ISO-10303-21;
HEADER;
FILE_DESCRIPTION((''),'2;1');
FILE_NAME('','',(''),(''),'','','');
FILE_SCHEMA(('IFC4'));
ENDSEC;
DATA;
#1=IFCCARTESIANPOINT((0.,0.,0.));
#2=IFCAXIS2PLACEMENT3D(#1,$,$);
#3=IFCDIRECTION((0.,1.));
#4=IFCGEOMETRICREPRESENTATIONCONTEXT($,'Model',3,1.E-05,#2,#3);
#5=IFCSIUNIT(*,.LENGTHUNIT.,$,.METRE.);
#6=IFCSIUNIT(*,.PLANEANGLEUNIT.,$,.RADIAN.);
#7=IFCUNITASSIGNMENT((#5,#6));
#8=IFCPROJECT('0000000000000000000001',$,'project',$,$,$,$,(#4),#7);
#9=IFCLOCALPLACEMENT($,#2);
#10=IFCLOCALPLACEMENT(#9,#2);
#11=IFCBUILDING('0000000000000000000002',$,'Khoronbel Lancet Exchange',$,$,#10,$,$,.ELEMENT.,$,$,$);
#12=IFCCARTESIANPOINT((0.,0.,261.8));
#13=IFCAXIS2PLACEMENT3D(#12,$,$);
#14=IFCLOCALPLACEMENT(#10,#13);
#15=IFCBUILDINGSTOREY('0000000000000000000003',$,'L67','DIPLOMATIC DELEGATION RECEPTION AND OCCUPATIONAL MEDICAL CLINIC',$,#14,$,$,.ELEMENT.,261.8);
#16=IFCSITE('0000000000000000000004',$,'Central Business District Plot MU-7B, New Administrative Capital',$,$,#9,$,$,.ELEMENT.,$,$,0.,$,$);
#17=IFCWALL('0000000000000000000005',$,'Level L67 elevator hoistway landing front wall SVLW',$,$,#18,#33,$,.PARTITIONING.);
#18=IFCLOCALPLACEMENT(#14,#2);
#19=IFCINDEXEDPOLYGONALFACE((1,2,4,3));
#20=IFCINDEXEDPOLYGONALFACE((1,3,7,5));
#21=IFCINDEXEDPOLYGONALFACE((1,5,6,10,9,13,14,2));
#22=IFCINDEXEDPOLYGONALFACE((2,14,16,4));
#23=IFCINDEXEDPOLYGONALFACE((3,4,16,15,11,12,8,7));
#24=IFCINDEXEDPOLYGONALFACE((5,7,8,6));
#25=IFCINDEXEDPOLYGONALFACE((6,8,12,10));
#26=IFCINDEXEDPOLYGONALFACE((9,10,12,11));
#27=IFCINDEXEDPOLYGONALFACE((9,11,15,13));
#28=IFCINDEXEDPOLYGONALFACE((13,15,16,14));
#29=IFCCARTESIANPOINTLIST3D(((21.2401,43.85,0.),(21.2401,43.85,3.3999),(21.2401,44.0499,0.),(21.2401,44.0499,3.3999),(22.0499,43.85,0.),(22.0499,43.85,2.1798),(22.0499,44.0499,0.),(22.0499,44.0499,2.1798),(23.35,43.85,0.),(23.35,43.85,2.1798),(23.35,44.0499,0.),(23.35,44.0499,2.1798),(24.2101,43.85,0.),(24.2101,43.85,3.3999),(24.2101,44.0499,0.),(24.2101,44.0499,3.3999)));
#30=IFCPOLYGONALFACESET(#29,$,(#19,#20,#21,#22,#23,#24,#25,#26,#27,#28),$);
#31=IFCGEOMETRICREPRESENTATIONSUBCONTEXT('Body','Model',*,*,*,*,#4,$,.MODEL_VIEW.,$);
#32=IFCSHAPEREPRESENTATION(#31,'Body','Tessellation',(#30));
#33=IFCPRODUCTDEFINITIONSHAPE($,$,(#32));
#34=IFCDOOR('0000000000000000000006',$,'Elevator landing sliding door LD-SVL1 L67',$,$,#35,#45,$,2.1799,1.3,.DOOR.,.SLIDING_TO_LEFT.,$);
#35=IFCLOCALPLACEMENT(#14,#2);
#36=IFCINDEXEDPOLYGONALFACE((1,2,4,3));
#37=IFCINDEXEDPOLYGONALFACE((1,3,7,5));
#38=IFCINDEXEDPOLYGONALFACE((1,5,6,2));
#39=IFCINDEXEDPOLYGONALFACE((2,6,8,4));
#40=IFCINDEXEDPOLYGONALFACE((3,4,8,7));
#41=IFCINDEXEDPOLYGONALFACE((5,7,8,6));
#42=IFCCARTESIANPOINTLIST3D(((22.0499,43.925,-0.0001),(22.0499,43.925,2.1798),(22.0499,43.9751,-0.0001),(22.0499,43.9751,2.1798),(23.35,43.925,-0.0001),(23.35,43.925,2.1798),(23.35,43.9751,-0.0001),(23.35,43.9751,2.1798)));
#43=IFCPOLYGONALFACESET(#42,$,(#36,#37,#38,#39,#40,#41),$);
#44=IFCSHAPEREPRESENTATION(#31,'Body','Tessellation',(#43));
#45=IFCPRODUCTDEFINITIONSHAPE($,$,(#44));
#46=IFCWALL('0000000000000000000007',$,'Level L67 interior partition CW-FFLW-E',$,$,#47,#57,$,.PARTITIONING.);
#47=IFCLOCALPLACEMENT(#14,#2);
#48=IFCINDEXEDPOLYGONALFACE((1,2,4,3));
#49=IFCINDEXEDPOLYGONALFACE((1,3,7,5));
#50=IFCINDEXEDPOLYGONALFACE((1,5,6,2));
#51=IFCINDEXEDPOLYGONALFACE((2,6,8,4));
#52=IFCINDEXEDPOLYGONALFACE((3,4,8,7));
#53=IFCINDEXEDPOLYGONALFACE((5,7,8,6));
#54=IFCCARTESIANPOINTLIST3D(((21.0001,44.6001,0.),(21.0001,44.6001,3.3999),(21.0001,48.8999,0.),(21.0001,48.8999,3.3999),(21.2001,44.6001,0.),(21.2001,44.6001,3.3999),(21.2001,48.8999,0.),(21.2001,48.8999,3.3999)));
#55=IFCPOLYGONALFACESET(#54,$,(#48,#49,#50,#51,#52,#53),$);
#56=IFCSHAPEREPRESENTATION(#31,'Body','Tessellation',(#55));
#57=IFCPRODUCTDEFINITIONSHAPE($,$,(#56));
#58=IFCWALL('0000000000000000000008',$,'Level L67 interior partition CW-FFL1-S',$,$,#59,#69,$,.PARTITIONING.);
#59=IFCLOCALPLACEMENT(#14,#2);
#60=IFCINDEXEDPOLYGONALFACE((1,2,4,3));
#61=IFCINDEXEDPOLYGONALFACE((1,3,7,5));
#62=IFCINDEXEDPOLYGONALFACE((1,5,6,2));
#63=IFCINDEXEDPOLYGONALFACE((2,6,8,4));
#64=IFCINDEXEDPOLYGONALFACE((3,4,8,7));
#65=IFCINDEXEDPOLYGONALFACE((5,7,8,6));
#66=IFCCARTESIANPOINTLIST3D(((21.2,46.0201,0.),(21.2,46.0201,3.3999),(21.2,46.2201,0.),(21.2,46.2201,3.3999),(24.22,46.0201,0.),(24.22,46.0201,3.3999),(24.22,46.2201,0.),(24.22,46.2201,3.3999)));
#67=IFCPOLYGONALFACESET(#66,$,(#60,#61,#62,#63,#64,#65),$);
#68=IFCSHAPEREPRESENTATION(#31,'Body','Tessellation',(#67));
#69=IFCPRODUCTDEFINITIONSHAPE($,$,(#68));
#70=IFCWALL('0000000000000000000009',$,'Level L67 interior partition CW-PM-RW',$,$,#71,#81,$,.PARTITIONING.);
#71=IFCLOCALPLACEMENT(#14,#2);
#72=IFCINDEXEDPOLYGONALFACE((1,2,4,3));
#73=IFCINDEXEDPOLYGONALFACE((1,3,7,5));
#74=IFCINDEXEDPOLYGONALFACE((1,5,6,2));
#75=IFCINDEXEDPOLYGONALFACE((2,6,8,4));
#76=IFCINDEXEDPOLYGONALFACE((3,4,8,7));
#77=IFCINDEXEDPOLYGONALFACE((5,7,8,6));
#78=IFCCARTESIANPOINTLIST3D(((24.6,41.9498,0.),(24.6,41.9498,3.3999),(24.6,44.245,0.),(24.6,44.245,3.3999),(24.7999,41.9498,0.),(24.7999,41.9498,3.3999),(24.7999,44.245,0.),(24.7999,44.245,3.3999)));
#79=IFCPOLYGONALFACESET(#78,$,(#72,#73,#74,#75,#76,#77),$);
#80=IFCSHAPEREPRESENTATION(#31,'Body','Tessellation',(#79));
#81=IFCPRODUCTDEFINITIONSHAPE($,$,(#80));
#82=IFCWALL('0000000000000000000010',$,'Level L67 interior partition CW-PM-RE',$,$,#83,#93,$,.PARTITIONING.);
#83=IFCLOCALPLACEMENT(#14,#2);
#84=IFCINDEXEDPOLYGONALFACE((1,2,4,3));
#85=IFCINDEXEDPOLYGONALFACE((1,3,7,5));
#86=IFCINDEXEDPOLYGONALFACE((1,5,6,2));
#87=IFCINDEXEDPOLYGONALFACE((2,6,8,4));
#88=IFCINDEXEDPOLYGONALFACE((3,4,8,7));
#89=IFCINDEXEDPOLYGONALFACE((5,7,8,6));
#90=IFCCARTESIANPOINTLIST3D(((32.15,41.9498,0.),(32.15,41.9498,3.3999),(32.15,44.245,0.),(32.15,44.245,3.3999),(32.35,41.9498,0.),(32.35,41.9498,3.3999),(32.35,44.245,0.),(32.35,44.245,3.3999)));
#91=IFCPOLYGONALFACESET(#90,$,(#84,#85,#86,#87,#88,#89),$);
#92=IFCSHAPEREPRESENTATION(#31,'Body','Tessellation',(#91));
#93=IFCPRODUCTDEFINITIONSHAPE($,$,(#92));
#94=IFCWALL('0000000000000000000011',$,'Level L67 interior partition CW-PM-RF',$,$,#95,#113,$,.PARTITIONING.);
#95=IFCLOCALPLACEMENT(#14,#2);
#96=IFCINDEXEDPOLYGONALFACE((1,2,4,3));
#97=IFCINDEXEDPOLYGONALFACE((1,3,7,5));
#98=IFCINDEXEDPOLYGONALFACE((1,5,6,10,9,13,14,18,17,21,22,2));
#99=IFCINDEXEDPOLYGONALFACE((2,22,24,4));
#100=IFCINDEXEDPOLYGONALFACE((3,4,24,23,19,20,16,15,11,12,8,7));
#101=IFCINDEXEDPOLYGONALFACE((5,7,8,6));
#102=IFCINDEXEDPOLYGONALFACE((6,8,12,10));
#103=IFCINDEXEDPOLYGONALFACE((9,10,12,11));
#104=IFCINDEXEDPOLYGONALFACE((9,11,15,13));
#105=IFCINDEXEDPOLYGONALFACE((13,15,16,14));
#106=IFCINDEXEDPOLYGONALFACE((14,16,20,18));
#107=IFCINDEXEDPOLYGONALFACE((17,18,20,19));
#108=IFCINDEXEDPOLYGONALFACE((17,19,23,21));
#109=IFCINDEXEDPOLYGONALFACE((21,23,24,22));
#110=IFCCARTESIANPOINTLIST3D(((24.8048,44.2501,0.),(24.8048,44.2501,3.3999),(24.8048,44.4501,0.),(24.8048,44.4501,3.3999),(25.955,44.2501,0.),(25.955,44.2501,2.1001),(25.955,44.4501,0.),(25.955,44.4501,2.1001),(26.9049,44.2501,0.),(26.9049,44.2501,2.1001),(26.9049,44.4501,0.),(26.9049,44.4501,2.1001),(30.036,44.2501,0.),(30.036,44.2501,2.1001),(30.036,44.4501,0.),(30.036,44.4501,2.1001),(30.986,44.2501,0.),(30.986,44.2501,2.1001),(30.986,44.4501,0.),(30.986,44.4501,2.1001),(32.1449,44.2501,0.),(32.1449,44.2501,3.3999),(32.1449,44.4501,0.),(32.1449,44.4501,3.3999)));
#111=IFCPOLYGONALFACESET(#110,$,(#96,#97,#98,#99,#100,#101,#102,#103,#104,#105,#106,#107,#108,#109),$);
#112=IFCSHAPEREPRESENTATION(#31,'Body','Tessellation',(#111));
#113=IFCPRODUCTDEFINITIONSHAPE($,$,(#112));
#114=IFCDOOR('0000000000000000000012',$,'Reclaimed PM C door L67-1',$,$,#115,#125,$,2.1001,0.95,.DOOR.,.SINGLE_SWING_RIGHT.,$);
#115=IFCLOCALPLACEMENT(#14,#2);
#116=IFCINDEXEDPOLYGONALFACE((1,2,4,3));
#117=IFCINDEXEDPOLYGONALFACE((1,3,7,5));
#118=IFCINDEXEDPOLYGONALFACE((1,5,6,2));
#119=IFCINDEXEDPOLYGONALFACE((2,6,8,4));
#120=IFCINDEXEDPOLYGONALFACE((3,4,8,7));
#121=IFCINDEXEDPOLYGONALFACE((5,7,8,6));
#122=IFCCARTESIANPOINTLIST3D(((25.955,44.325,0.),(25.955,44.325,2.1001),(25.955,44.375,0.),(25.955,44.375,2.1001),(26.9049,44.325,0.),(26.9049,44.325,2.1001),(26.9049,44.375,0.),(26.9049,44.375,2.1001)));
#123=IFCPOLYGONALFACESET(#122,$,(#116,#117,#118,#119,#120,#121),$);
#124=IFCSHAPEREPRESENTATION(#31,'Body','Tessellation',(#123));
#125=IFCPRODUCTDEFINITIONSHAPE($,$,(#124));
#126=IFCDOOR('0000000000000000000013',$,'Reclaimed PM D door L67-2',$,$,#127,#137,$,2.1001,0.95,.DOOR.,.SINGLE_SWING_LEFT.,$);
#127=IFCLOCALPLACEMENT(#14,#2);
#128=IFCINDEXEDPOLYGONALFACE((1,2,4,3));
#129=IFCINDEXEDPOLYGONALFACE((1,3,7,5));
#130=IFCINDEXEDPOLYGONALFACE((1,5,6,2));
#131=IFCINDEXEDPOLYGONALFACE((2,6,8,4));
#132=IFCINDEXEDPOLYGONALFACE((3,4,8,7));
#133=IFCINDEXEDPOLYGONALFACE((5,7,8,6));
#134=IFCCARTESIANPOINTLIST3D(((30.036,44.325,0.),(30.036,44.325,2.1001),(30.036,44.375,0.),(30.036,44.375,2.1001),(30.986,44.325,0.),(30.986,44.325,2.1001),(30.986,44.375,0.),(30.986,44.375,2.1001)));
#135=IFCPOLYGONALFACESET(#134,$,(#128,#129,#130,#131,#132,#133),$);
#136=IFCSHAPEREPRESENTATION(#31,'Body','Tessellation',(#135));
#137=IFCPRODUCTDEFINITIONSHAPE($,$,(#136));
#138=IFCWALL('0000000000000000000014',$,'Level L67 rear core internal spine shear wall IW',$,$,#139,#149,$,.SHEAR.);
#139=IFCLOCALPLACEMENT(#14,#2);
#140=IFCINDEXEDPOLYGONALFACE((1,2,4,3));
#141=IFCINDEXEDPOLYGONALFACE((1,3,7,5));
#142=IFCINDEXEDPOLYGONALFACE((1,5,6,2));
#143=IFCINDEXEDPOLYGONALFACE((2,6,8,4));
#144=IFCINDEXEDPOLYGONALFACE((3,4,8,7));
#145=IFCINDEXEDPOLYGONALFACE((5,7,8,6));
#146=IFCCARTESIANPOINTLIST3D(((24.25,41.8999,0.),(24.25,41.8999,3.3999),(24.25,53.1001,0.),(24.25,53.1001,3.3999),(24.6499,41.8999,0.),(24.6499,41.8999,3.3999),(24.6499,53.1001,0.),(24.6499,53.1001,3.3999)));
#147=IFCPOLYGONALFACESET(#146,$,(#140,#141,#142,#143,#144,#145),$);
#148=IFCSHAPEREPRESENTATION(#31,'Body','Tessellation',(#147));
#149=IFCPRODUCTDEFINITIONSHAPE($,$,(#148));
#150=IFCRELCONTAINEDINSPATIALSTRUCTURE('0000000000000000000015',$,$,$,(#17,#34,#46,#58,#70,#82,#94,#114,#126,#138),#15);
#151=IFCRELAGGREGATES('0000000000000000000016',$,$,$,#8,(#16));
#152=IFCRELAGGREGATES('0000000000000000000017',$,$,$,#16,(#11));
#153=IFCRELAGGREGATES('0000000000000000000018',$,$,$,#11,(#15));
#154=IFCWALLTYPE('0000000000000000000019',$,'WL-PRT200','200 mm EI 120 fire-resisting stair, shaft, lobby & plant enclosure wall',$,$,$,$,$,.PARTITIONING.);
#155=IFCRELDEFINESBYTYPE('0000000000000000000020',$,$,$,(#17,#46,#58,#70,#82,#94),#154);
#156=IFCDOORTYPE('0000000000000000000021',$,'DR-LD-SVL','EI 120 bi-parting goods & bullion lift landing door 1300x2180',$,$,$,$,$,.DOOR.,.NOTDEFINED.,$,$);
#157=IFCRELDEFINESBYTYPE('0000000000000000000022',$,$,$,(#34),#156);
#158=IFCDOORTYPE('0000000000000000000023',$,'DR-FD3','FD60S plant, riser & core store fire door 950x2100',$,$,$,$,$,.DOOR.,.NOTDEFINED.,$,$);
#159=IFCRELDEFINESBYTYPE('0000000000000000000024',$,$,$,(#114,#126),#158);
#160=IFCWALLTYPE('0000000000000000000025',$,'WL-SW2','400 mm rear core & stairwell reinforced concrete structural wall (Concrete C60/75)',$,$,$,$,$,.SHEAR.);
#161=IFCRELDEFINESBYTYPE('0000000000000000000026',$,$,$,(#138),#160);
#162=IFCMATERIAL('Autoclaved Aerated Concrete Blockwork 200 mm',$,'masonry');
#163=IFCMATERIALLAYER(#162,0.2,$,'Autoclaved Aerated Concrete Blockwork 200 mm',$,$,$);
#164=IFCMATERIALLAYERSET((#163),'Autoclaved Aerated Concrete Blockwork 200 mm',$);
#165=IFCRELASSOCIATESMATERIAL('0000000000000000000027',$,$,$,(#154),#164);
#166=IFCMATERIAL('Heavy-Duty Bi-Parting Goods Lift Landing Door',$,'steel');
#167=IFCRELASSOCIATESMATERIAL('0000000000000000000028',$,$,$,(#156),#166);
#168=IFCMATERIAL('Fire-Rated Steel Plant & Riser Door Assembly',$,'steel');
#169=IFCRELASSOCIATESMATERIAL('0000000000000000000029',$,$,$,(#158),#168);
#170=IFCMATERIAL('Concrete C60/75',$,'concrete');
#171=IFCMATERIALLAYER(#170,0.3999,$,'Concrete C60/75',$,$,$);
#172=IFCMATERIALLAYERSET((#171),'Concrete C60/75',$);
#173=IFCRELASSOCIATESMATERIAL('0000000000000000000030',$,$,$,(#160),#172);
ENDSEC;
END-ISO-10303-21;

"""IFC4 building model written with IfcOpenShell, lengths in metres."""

from ifc_helpers import new_model, si_unit, direction, frame, frame_2d, origin, place, context, subcontext, project, spatial, rectangle, extrude, material, layer, layer_set, type_object, element, fill, save


model = new_model("IFC4")

# Units and contexts
model_context = context("Model", 3, precision=1e-05, world=origin(), true_north=direction((0.0, 1.0)))
body_context = subcontext(model_context, "Body", "Model", "MODEL_VIEW")
ifc_project = project(units=[si_unit("LENGTHUNIT", "METRE"), si_unit("PLANEANGLEUNIT", "RADIAN")], contexts=[model_context])

# Site, building, storey
site_placement = place(None, origin())
site = spatial("IfcSite", under=ifc_project, at=site_placement, Name="Central Business District Plot MU-7B, New Administrative Capital", CompositionType="ELEMENT", RefElevation=0.0)
building_placement = place(site_placement, origin())
building = spatial("IfcBuilding", under=site, at=building_placement, Name="Khoronbel Lancet Exchange", CompositionType="ELEMENT")
storey_placement = place(building_placement, frame((0.0, 0.0, 261.8)))
storey = spatial("IfcBuildingStorey", under=building, at=storey_placement, Name="L67", Description="DIPLOMATIC DELEGATION RECEPTION AND OCCUPATIONAL MEDICAL CLINIC", CompositionType="ELEMENT", Elevation=261.8)

# Shared definitions
ifc_material_1 = material(Name="Concrete C60/75", Category="concrete")

# Wall, opening, door
ifc_material_2 = material(Name="Autoclaved Aerated Concrete Blockwork 200 mm", Category="masonry")
ifc_layer_1 = layer(ifc_material_2, 0.2, Name="Autoclaved Aerated Concrete Blockwork 200 mm")
ifc_layer_set_1 = layer_set([ifc_layer_1], Name="Autoclaved Aerated Concrete Blockwork 200 mm")
wall_type_1 = type_object("IfcWallType", Name="WL-PRT200", Description="200 mm EI 120 fire-resisting stair, shaft, lobby & plant enclosure wall", PredefinedType="PARTITIONING", material=ifc_layer_set_1)
wall_1_placement = place(storey_placement, frame((24.21, 43.95, 0.0), z_axis=(0.0, 0.0, 1.0), x_axis=(-1.0, 0.0, 0.0)))
wall_1 = element("IfcWall", 1, at=wall_1_placement, inside=storey, type_object=wall_type_1, Name="Level L67 elevator hoistway landing front wall SVLW", PredefinedType="PARTITIONING", context=body_context, shape_type="SweptSolid", body=[
    extrude(rectangle(XDim=2.97, YDim=0.2, at=frame_2d((1.4849, 0.0))), origin(), (0.0, 0.0, 1.0), 3.3999),
])
opening_1_placement = place(wall_1_placement, frame((0.8601, 0.0, 0.0)))
opening_1 = element("IfcOpeningElement", 2, at=opening_1_placement, cuts=wall_1, PredefinedType="OPENING", context=body_context, shape_type="SweptSolid", body=[
    extrude(rectangle(XDim=1.3, YDim=2.1799, at=frame_2d((0.6499, 1.0898))), frame((0.0, 0.1099, 0.0), z_axis=(0.0, -1.0, 0.0), x_axis=(1.0, 0.0, 0.0)), (0.0, 0.0, 1.0), 0.22),
])
ifc_material_3 = material(Name="Heavy-Duty Bi-Parting Goods Lift Landing Door", Category="steel")
door_type_1 = type_object("IfcDoorType", Name="DR-LD-SVL", Description="EI 120 bi-parting goods & bullion lift landing door 1300x2180", OperationType="NOTDEFINED", PredefinedType="DOOR", material=ifc_material_3)
door_1_placement = place(opening_1_placement, origin())
door_1 = element("IfcDoor", 3, at=door_1_placement, inside=storey, type_object=door_type_1, Name="Elevator landing sliding door LD-SVL1 L67", OperationType="SLIDING_TO_LEFT", OverallHeight=2.1799, OverallWidth=1.3, PredefinedType="DOOR", context=body_context, shape_type="SweptSolid", body=[
    extrude(rectangle(XDim=1.3, YDim=2.1799, at=frame_2d((0.6499, 1.0898))), frame((0.0, 0.0249, 0.0), z_axis=(0.0, -1.0, 0.0), x_axis=(1.0, 0.0, 0.0)), (0.0, 0.0, 1.0), 0.05),
])
fill(opening_1, door_1)

# Walls
wall_2_placement = place(storey_placement, frame((21.1001, 44.6001, 0.0), z_axis=(0.0, 0.0, 1.0), x_axis=(0.0, 1.0, 0.0)))
element("IfcWall", 4, at=wall_2_placement, inside=storey, type_object=wall_type_1, Name="Level L67 interior partition CW-FFLW-E", PredefinedType="PARTITIONING", context=body_context, shape_type="SweptSolid", body=[
    extrude(rectangle(XDim=4.2998, YDim=0.2, at=frame_2d((2.1499, 0.0))), origin(), (0.0, 0.0, 1.0), 3.3999),
])
wall_3_placement = place(storey_placement, frame((21.2, 46.1201, 0.0), z_axis=(0.0, 0.0, 1.0), x_axis=(1.0, 0.0, 0.0)))
element("IfcWall", 5, at=wall_3_placement, inside=storey, type_object=wall_type_1, Name="Level L67 interior partition CW-FFL1-S", PredefinedType="PARTITIONING", context=body_context, shape_type="SweptSolid", body=[
    extrude(rectangle(XDim=3.02, YDim=0.2, at=frame_2d((1.51, 0.0))), origin(), (0.0, 0.0, 1.0), 3.3999),
])

# Walls
for number, where, z_axis, x_axis, name in (
    (6, (24.7, 41.95, 0.0), (0.0, 0.0, 1.0), (0.0, 1.0, 0.0), "Level L67 interior partition CW-PM-RW"),
    (7, (32.25, 41.95, 0.0), (0.0, 0.0, 1.0), (0.0, 1.0, 0.0), "Level L67 interior partition CW-PM-RE"),
):
    element("IfcWall", number, at=place(storey_placement, frame(where, z_axis=z_axis, x_axis=x_axis)), inside=storey, type_object=wall_type_1, Name=name, PredefinedType="PARTITIONING", context=body_context, shape_type="SweptSolid", body=[
        extrude(rectangle(XDim=2.2952, YDim=0.2, at=frame_2d((1.1475, 0.0))), origin(), (0.0, 0.0, 1.0), 3.3999),
    ])

# Wall, openings, doors
wall_4_placement = place(storey_placement, frame((24.8049, 44.3501, 0.0), z_axis=(0.0, 0.0, 1.0), x_axis=(1.0, 0.0, 0.0)))
wall_4 = element("IfcWall", 8, at=wall_4_placement, inside=storey, type_object=wall_type_1, Name="Level L67 interior partition CW-PM-RF", PredefinedType="PARTITIONING", context=body_context, shape_type="SweptSolid", body=[
    extrude(rectangle(XDim=7.3401, YDim=0.2, at=frame_2d((3.6699, 0.0))), origin(), (0.0, 0.0, 1.0), 3.3999),
])
opening_2_placement = place(wall_4_placement, frame((1.1499, 0.0, 0.0)))
opening_2 = element("IfcOpeningElement", 9, at=opening_2_placement, cuts=wall_4, PredefinedType="OPENING", context=body_context, shape_type="SweptSolid", body=[
    extrude(rectangle(XDim=0.95, YDim=2.1001, at=frame_2d((0.4751, 1.05))), frame((0.0, 0.1099, 0.0), z_axis=(0.0, -1.0, 0.0), x_axis=(1.0, 0.0, 0.0)), (0.0, 0.0, 1.0), 0.22),
])
opening_3_placement = place(wall_4_placement, frame((5.231, 0.0, 0.0)))
opening_3 = element("IfcOpeningElement", 10, at=opening_3_placement, cuts=wall_4, PredefinedType="OPENING", context=body_context, shape_type="SweptSolid", body=[
    extrude(rectangle(XDim=0.95, YDim=2.1001, at=frame_2d((0.4751, 1.05))), frame((0.0, 0.1099, 0.0), z_axis=(0.0, -1.0, 0.0), x_axis=(1.0, 0.0, 0.0)), (0.0, 0.0, 1.0), 0.22),
])
ifc_material_4 = material(Name="Fire-Rated Steel Plant & Riser Door Assembly", Category="steel")
door_type_2 = type_object("IfcDoorType", Name="DR-FD3", Description="FD60S plant, riser & core store fire door 950x2100", OperationType="NOTDEFINED", PredefinedType="DOOR", material=ifc_material_4)
door_2_placement = place(opening_2_placement, origin())
door_2 = element("IfcDoor", 11, at=door_2_placement, inside=storey, type_object=door_type_2, Name="Reclaimed PM C door L67-1", OperationType="SINGLE_SWING_RIGHT", OverallHeight=2.1001, OverallWidth=0.95, PredefinedType="DOOR", context=body_context, shape_type="SweptSolid", body=[
    extrude(rectangle(XDim=0.95, YDim=2.1001, at=frame_2d((0.4751, 1.05))), frame((0.0, 0.0249, 0.0), z_axis=(0.0, -1.0, 0.0), x_axis=(1.0, 0.0, 0.0)), (0.0, 0.0, 1.0), 0.05),
])
fill(opening_2, door_2)
door_3_placement = place(opening_3_placement, origin())
door_3 = element("IfcDoor", 12, at=door_3_placement, inside=storey, type_object=door_type_2, Name="Reclaimed PM D door L67-2", OperationType="SINGLE_SWING_LEFT", OverallHeight=2.1001, OverallWidth=0.95, PredefinedType="DOOR", context=body_context, shape_type="SweptSolid", body=[
    extrude(rectangle(XDim=0.95, YDim=2.1001, at=frame_2d((0.4751, 1.05))), frame((0.0, 0.0249, 0.0), z_axis=(0.0, -1.0, 0.0), x_axis=(1.0, 0.0, 0.0)), (0.0, 0.0, 1.0), 0.05),
])
fill(opening_3, door_3)

# Wall
ifc_layer_2 = layer(ifc_material_1, 0.3999, Name="Concrete C60/75")
ifc_layer_set_2 = layer_set([ifc_layer_2], Name="Concrete C60/75")
wall_type_2 = type_object("IfcWallType", Name="WL-SW2", Description="400 mm rear core & stairwell reinforced concrete structural wall (Concrete C60/75)", PredefinedType="SHEAR", material=ifc_layer_set_2)
wall_5_placement = place(storey_placement, frame((24.45, 41.8999, 0.0), z_axis=(0.0, 0.0, 1.0), x_axis=(0.0, 1.0, 0.0)))
element("IfcWall", 13, at=wall_5_placement, inside=storey, type_object=wall_type_2, Name="Level L67 rear core internal spine shear wall IW", PredefinedType="SHEAR", context=body_context, shape_type="SweptSolid", body=[
    extrude(rectangle(XDim=11.2002, YDim=0.3999, at=frame_2d((5.6001, 0.0))), origin(), (0.0, 0.0, 1.0), 3.3999),
])

save(model, "model.ifc")
